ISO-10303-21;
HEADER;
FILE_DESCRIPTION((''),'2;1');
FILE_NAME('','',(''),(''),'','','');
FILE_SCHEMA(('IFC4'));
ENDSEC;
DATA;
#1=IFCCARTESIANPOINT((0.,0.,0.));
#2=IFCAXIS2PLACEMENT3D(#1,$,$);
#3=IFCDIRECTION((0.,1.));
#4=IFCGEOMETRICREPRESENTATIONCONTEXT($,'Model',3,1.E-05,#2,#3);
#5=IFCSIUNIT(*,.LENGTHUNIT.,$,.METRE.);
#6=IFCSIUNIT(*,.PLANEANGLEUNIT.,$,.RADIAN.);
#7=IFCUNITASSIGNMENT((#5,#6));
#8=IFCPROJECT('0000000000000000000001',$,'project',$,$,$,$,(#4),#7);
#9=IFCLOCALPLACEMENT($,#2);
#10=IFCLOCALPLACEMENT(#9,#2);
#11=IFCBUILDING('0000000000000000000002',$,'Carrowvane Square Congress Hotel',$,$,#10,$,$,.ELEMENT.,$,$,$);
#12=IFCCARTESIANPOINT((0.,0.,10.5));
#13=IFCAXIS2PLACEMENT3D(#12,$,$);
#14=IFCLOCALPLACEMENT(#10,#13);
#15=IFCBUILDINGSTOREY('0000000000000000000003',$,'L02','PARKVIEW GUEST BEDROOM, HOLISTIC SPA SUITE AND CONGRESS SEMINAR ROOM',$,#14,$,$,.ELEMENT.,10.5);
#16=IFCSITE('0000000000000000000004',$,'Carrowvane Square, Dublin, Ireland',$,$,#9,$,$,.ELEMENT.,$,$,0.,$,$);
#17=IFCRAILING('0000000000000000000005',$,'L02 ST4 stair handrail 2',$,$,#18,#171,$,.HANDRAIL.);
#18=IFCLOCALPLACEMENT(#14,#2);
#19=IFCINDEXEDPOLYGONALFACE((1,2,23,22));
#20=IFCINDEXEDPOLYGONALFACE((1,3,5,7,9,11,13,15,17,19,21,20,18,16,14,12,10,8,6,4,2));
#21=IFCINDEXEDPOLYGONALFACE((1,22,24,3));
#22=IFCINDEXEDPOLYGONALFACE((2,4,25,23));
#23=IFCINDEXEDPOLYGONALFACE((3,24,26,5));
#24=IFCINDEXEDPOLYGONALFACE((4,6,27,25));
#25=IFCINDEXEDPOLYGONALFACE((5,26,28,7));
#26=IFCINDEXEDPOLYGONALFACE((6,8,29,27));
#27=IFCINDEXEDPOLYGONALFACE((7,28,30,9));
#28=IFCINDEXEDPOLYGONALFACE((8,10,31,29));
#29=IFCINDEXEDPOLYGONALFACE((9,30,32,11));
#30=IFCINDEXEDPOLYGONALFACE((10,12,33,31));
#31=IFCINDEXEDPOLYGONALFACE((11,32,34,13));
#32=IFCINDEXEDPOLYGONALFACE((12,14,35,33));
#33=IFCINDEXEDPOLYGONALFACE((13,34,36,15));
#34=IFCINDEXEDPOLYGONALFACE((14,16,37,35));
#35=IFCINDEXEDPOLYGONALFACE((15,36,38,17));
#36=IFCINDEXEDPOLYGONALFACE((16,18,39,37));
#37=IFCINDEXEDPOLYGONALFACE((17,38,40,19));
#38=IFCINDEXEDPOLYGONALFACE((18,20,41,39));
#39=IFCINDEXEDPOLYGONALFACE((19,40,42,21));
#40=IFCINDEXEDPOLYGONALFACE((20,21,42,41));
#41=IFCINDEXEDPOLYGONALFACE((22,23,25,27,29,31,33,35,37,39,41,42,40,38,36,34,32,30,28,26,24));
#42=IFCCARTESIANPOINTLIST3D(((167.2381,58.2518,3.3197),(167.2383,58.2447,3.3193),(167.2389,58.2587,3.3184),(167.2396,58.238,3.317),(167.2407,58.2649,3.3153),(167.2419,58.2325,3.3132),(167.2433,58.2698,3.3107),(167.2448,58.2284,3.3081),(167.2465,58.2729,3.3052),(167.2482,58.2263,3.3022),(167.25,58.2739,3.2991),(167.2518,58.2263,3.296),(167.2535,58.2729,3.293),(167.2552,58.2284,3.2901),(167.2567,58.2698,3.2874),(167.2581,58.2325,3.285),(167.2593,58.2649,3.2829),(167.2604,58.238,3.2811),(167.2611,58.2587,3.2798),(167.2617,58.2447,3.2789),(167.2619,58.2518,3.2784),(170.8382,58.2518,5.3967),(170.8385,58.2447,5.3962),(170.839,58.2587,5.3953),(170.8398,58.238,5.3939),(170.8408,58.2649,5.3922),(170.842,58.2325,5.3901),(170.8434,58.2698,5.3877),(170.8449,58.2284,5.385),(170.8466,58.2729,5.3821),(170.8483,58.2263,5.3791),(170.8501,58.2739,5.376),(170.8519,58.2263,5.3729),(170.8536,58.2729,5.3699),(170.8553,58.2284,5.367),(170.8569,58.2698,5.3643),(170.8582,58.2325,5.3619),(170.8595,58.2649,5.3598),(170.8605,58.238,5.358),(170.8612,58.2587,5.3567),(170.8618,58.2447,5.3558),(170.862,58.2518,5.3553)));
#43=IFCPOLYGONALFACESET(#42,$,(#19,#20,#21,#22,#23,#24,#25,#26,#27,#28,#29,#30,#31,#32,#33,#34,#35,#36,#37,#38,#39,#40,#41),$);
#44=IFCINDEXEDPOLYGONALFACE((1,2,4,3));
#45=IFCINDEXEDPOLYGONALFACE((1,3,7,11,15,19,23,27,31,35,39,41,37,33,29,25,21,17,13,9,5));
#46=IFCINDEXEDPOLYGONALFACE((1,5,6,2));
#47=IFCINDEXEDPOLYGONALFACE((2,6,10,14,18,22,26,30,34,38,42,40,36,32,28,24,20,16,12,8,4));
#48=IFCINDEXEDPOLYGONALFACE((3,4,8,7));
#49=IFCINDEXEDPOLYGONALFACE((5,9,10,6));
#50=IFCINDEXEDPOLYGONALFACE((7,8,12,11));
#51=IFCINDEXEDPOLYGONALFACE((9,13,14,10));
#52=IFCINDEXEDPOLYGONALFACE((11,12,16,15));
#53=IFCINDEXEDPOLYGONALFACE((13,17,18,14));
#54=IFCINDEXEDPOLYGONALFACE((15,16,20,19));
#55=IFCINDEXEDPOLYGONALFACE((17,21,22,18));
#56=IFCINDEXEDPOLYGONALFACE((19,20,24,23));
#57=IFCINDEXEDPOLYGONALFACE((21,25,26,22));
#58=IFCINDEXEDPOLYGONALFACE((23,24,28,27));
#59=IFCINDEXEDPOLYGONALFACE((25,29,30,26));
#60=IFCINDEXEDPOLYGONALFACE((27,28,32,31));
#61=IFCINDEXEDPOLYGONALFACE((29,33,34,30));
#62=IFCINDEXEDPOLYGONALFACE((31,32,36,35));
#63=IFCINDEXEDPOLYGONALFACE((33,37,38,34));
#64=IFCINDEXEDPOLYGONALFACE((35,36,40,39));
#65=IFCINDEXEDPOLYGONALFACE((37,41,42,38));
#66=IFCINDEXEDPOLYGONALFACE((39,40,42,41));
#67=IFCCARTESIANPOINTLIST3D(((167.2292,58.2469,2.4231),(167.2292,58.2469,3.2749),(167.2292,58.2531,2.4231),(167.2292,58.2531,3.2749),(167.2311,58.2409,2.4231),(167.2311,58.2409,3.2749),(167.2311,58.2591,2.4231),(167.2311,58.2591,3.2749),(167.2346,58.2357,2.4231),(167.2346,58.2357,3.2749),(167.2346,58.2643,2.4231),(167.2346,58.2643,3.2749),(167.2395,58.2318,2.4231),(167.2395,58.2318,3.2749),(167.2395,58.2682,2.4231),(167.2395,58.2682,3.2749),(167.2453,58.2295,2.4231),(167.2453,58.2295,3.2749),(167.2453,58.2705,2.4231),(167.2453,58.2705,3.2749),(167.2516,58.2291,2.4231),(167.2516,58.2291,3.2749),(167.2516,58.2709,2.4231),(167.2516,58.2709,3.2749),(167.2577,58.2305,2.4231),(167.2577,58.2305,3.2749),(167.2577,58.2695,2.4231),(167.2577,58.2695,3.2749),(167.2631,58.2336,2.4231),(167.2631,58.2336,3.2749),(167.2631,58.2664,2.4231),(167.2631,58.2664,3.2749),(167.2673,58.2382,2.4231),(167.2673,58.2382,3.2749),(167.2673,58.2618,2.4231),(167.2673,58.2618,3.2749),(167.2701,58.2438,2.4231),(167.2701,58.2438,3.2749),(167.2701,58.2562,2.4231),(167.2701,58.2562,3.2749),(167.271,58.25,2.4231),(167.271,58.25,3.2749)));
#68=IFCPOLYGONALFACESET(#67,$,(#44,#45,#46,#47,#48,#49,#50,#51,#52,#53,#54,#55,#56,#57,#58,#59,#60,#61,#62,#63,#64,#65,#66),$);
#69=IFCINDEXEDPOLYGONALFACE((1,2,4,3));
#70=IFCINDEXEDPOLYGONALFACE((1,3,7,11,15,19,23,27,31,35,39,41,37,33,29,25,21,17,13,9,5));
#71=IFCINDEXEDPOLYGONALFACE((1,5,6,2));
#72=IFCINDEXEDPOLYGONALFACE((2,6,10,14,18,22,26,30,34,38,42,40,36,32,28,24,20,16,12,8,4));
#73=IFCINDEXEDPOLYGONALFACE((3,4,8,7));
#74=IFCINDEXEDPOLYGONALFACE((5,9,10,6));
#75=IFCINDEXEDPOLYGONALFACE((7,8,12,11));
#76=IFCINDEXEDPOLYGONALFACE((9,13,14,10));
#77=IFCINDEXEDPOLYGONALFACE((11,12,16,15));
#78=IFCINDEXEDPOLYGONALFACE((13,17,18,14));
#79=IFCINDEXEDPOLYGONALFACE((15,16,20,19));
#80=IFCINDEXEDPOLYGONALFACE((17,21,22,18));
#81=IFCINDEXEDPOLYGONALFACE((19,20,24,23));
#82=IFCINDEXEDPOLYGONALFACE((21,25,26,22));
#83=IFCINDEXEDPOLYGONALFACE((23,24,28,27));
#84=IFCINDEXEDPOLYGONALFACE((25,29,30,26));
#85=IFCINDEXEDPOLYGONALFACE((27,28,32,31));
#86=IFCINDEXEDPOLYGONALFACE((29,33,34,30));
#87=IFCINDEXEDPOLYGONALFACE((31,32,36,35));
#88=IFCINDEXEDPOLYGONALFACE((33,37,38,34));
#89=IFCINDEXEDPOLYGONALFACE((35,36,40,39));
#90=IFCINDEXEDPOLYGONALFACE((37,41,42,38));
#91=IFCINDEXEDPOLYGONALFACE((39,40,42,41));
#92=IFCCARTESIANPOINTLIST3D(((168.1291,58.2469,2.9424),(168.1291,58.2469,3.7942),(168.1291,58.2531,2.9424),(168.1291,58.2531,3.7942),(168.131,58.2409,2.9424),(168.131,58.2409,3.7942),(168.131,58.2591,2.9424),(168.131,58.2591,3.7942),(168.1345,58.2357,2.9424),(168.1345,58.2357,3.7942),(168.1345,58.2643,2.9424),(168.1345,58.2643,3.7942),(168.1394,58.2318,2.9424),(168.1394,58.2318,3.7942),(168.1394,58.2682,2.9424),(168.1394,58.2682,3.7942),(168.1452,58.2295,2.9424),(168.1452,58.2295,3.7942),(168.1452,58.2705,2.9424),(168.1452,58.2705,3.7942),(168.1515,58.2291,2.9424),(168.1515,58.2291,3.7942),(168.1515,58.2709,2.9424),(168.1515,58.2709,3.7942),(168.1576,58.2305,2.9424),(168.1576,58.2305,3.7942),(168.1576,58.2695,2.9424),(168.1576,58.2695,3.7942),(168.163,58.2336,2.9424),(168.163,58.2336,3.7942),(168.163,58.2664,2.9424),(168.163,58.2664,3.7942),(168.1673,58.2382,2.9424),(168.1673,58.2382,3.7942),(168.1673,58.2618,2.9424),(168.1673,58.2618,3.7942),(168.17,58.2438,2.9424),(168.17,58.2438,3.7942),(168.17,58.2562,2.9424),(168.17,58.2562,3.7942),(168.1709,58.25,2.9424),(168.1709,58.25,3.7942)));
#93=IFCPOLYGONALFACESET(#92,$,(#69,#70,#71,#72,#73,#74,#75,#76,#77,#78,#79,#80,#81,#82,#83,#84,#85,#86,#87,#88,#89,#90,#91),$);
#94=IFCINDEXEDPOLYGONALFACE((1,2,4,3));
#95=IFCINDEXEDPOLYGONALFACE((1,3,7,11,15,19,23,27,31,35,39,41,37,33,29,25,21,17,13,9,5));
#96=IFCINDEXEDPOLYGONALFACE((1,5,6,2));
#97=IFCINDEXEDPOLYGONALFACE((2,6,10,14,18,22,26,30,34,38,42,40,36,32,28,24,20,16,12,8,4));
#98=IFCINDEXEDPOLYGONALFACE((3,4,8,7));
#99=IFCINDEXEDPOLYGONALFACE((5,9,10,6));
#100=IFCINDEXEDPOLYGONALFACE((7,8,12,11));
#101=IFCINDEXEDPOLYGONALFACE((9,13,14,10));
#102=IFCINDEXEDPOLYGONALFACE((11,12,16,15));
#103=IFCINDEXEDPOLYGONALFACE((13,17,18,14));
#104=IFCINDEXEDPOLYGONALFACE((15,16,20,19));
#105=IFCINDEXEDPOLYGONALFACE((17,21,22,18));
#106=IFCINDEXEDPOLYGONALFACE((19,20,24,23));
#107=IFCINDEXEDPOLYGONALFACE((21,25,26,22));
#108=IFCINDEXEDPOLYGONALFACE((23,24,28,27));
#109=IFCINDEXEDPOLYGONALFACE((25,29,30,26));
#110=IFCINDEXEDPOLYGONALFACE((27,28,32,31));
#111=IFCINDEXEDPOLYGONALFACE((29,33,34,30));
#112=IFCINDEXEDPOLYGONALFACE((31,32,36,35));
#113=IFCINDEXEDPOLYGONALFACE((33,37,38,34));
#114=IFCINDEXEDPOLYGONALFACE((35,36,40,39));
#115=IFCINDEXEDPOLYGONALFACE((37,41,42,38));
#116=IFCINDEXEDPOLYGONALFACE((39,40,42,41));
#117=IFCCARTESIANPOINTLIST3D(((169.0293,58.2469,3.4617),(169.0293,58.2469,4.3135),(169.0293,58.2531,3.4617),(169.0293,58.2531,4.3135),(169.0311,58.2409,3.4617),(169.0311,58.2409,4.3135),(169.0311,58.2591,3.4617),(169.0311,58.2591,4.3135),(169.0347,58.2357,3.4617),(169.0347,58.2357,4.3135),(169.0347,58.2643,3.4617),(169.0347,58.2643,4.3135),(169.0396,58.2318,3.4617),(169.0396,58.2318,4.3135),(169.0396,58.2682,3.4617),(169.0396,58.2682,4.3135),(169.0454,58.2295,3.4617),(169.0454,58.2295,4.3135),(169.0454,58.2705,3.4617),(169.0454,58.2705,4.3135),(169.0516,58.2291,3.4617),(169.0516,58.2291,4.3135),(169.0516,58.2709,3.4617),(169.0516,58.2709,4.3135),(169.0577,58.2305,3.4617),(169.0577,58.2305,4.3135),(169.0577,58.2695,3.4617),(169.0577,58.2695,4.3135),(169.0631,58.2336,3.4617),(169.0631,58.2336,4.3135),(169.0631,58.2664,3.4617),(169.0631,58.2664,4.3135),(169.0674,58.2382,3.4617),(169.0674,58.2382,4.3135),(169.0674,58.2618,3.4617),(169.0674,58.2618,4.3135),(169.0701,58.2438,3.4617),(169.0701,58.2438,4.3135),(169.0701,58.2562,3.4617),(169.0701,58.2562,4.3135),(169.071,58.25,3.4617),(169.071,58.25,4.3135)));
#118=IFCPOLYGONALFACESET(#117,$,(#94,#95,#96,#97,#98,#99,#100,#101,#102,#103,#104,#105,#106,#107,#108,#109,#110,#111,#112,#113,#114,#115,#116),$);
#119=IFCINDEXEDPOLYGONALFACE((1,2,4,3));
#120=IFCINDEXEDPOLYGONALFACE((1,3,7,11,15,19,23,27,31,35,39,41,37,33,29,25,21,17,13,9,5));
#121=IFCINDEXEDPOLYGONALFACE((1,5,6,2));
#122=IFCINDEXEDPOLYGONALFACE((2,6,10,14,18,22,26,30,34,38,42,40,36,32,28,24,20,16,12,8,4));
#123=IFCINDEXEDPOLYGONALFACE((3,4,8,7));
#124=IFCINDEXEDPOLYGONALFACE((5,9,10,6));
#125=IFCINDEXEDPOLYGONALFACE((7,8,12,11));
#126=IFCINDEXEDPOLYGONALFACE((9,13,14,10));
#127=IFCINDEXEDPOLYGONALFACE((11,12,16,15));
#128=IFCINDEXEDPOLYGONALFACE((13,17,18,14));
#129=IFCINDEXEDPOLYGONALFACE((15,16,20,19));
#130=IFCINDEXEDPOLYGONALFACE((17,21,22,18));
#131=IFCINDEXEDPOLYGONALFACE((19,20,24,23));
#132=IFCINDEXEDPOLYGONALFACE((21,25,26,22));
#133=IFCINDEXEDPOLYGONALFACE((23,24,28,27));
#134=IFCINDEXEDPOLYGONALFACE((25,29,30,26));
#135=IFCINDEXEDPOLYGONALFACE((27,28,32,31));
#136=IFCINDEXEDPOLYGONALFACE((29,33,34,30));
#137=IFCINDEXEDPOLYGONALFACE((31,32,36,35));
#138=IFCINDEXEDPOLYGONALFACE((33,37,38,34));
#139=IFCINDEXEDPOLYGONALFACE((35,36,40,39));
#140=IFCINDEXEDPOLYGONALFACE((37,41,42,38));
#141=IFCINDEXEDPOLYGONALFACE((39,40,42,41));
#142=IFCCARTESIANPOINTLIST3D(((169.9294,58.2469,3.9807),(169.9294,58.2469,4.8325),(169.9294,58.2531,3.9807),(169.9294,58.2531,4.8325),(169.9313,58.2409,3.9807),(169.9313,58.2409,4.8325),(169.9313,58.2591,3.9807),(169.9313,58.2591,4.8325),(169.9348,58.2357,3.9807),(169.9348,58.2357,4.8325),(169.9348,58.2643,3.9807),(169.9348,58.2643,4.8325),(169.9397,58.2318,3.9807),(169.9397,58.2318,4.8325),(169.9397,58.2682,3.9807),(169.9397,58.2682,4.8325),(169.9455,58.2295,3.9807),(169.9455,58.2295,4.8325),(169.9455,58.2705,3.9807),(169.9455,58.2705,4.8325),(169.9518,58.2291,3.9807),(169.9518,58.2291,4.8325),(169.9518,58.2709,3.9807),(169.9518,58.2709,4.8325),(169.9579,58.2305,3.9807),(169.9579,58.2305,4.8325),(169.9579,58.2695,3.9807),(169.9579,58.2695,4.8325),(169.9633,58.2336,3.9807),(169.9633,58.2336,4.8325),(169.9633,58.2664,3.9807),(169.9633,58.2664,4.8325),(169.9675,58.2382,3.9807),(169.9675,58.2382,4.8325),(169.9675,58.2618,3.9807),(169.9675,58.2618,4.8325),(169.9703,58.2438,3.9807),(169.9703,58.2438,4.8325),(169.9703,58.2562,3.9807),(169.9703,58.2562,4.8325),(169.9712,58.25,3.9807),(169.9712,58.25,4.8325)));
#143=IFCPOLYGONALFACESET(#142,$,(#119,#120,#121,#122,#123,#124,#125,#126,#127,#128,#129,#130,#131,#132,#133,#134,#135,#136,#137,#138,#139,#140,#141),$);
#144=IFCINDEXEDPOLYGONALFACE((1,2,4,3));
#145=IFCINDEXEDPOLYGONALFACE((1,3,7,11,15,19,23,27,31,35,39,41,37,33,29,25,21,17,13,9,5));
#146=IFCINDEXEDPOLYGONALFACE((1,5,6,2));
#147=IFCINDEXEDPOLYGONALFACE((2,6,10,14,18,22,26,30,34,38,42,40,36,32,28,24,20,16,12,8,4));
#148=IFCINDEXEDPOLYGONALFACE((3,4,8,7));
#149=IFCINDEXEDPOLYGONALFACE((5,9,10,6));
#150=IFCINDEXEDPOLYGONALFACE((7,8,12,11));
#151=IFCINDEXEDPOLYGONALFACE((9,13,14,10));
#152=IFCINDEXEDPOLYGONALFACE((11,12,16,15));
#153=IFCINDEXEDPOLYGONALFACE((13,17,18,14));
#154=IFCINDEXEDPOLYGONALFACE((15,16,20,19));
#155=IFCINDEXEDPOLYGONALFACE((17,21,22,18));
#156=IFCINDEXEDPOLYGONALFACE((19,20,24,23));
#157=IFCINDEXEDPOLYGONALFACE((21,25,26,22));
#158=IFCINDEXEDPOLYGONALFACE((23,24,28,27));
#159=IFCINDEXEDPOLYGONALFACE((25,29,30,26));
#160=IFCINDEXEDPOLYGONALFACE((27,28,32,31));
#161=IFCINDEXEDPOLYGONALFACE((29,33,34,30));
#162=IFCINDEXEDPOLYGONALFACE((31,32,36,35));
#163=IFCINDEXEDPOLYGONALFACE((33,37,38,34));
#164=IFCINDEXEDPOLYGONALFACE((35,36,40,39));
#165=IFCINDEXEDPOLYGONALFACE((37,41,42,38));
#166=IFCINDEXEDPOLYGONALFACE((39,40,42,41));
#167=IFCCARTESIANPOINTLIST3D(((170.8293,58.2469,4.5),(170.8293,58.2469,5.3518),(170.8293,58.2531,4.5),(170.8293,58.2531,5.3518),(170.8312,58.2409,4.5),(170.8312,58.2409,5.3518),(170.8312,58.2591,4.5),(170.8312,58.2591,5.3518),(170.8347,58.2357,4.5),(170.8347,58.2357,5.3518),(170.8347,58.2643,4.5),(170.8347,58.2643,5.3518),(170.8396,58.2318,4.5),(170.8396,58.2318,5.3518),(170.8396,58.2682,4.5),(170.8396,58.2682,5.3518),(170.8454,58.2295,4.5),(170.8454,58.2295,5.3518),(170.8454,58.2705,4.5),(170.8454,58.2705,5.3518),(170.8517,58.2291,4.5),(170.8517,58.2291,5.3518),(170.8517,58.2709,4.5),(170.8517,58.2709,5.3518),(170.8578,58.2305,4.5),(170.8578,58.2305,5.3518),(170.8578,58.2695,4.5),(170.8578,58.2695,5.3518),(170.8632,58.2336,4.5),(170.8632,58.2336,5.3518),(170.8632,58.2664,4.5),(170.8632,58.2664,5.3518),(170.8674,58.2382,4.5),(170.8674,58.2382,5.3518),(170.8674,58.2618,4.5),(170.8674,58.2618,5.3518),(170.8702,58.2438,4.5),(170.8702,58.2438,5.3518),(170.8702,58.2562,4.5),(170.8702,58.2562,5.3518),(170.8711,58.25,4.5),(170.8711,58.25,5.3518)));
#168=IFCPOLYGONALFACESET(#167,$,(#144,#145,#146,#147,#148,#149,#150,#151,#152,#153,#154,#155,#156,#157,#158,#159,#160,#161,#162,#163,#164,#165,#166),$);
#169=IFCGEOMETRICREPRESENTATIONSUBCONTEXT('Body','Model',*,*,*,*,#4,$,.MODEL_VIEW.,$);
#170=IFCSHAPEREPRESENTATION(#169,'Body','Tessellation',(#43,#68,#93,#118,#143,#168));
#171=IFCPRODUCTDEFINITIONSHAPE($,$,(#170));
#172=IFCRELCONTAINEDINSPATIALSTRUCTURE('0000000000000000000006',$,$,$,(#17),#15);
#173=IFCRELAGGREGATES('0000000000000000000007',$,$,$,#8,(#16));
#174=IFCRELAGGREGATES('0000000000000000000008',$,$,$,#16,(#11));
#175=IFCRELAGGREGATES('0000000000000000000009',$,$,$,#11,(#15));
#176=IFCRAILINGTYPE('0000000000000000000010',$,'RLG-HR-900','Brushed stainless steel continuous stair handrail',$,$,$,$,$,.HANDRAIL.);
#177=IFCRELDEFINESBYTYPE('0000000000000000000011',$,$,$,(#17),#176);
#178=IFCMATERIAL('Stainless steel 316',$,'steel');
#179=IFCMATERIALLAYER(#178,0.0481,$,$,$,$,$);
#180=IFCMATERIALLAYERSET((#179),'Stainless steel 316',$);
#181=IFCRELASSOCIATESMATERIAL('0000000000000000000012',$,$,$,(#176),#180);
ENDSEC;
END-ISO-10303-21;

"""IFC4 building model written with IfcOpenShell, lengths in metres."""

from ifc_helpers import new_model, si_unit, direction, frame, origin, origin_2d, place, context, subcontext, project, spatial, circle, extrude, material, layer, layer_set, type_object, element, save


model = new_model("IFC4")

# Units and contexts
model_context = context("Model", 3, precision=1e-05, world=origin(), true_north=direction((0.0, 1.0)))
body_context = subcontext(model_context, "Body", "Model", "MODEL_VIEW")
ifc_project = project(units=[si_unit("LENGTHUNIT", "METRE"), si_unit("PLANEANGLEUNIT", "RADIAN")], contexts=[model_context])

# Site, building, storey
site_placement = place(None, origin())
site = spatial("IfcSite", under=ifc_project, at=site_placement, Name="Carrowvane Square, Dublin, Ireland", CompositionType="ELEMENT", RefElevation=0.0)
building_placement = place(site_placement, origin())
building = spatial("IfcBuilding", under=site, at=building_placement, Name="Carrowvane Square Congress Hotel", CompositionType="ELEMENT")
storey_placement = place(building_placement, frame((0.0, 0.0, 10.5)))
storey = spatial("IfcBuildingStorey", under=building, at=storey_placement, Name="L02", Description="PARKVIEW GUEST BEDROOM, HOLISTIC SPA SUITE AND CONGRESS SEMINAR ROOM", CompositionType="ELEMENT", Elevation=10.5)

# Railing
ifc_material_1 = material(Name="Stainless steel 316", Category="steel")
ifc_layer_1 = layer(ifc_material_1, 0.0481)
ifc_layer_set_1 = layer_set([ifc_layer_1], Name="Stainless steel 316")
railing_type_1 = type_object("IfcRailingType", Name="RLG-HR-900", Description="Brushed stainless steel continuous stair handrail", PredefinedType="HANDRAIL", material=ifc_layer_set_1)
railing_1_placement = place(storey_placement, frame((167.25, 58.25, 2.4231)))
element("IfcRailing", 1, at=railing_1_placement, inside=storey, type_object=railing_type_1, Name="L02 ST4 stair handrail 2", PredefinedType="HANDRAIL", context=body_context, shape_type="SweptSolid", body=[
    extrude(circle(Radius=0.0239, at=origin_2d()), frame((0.0, 0.0, 0.876), z_axis=(0.866193, 0.0, 0.499709), x_axis=(0.0, 1.0, 0.0)), (0.0, 0.0, 1.0), 4.1562),
    extrude(circle(Radius=0.021, at=origin_2d()), origin(), (0.0, 0.0, 1.0), 0.8518),
    extrude(circle(Radius=0.021, at=origin_2d()), frame((0.8999, 0.0, 0.5193)), (0.0, 0.0, 1.0), 0.8518),
    extrude(circle(Radius=0.021, at=origin_2d()), frame((1.8, 0.0, 1.0386)), (0.0, 0.0, 1.0), 0.8518),
    extrude(circle(Radius=0.021, at=origin_2d()), frame((2.7002, 0.0, 1.5576)), (0.0, 0.0, 1.0), 0.8518),
    extrude(circle(Radius=0.021, at=origin_2d()), frame((3.6001, 0.0, 2.0769)), (0.0, 0.0, 1.0), 0.8518),
])

save(model, "model.ifc")
